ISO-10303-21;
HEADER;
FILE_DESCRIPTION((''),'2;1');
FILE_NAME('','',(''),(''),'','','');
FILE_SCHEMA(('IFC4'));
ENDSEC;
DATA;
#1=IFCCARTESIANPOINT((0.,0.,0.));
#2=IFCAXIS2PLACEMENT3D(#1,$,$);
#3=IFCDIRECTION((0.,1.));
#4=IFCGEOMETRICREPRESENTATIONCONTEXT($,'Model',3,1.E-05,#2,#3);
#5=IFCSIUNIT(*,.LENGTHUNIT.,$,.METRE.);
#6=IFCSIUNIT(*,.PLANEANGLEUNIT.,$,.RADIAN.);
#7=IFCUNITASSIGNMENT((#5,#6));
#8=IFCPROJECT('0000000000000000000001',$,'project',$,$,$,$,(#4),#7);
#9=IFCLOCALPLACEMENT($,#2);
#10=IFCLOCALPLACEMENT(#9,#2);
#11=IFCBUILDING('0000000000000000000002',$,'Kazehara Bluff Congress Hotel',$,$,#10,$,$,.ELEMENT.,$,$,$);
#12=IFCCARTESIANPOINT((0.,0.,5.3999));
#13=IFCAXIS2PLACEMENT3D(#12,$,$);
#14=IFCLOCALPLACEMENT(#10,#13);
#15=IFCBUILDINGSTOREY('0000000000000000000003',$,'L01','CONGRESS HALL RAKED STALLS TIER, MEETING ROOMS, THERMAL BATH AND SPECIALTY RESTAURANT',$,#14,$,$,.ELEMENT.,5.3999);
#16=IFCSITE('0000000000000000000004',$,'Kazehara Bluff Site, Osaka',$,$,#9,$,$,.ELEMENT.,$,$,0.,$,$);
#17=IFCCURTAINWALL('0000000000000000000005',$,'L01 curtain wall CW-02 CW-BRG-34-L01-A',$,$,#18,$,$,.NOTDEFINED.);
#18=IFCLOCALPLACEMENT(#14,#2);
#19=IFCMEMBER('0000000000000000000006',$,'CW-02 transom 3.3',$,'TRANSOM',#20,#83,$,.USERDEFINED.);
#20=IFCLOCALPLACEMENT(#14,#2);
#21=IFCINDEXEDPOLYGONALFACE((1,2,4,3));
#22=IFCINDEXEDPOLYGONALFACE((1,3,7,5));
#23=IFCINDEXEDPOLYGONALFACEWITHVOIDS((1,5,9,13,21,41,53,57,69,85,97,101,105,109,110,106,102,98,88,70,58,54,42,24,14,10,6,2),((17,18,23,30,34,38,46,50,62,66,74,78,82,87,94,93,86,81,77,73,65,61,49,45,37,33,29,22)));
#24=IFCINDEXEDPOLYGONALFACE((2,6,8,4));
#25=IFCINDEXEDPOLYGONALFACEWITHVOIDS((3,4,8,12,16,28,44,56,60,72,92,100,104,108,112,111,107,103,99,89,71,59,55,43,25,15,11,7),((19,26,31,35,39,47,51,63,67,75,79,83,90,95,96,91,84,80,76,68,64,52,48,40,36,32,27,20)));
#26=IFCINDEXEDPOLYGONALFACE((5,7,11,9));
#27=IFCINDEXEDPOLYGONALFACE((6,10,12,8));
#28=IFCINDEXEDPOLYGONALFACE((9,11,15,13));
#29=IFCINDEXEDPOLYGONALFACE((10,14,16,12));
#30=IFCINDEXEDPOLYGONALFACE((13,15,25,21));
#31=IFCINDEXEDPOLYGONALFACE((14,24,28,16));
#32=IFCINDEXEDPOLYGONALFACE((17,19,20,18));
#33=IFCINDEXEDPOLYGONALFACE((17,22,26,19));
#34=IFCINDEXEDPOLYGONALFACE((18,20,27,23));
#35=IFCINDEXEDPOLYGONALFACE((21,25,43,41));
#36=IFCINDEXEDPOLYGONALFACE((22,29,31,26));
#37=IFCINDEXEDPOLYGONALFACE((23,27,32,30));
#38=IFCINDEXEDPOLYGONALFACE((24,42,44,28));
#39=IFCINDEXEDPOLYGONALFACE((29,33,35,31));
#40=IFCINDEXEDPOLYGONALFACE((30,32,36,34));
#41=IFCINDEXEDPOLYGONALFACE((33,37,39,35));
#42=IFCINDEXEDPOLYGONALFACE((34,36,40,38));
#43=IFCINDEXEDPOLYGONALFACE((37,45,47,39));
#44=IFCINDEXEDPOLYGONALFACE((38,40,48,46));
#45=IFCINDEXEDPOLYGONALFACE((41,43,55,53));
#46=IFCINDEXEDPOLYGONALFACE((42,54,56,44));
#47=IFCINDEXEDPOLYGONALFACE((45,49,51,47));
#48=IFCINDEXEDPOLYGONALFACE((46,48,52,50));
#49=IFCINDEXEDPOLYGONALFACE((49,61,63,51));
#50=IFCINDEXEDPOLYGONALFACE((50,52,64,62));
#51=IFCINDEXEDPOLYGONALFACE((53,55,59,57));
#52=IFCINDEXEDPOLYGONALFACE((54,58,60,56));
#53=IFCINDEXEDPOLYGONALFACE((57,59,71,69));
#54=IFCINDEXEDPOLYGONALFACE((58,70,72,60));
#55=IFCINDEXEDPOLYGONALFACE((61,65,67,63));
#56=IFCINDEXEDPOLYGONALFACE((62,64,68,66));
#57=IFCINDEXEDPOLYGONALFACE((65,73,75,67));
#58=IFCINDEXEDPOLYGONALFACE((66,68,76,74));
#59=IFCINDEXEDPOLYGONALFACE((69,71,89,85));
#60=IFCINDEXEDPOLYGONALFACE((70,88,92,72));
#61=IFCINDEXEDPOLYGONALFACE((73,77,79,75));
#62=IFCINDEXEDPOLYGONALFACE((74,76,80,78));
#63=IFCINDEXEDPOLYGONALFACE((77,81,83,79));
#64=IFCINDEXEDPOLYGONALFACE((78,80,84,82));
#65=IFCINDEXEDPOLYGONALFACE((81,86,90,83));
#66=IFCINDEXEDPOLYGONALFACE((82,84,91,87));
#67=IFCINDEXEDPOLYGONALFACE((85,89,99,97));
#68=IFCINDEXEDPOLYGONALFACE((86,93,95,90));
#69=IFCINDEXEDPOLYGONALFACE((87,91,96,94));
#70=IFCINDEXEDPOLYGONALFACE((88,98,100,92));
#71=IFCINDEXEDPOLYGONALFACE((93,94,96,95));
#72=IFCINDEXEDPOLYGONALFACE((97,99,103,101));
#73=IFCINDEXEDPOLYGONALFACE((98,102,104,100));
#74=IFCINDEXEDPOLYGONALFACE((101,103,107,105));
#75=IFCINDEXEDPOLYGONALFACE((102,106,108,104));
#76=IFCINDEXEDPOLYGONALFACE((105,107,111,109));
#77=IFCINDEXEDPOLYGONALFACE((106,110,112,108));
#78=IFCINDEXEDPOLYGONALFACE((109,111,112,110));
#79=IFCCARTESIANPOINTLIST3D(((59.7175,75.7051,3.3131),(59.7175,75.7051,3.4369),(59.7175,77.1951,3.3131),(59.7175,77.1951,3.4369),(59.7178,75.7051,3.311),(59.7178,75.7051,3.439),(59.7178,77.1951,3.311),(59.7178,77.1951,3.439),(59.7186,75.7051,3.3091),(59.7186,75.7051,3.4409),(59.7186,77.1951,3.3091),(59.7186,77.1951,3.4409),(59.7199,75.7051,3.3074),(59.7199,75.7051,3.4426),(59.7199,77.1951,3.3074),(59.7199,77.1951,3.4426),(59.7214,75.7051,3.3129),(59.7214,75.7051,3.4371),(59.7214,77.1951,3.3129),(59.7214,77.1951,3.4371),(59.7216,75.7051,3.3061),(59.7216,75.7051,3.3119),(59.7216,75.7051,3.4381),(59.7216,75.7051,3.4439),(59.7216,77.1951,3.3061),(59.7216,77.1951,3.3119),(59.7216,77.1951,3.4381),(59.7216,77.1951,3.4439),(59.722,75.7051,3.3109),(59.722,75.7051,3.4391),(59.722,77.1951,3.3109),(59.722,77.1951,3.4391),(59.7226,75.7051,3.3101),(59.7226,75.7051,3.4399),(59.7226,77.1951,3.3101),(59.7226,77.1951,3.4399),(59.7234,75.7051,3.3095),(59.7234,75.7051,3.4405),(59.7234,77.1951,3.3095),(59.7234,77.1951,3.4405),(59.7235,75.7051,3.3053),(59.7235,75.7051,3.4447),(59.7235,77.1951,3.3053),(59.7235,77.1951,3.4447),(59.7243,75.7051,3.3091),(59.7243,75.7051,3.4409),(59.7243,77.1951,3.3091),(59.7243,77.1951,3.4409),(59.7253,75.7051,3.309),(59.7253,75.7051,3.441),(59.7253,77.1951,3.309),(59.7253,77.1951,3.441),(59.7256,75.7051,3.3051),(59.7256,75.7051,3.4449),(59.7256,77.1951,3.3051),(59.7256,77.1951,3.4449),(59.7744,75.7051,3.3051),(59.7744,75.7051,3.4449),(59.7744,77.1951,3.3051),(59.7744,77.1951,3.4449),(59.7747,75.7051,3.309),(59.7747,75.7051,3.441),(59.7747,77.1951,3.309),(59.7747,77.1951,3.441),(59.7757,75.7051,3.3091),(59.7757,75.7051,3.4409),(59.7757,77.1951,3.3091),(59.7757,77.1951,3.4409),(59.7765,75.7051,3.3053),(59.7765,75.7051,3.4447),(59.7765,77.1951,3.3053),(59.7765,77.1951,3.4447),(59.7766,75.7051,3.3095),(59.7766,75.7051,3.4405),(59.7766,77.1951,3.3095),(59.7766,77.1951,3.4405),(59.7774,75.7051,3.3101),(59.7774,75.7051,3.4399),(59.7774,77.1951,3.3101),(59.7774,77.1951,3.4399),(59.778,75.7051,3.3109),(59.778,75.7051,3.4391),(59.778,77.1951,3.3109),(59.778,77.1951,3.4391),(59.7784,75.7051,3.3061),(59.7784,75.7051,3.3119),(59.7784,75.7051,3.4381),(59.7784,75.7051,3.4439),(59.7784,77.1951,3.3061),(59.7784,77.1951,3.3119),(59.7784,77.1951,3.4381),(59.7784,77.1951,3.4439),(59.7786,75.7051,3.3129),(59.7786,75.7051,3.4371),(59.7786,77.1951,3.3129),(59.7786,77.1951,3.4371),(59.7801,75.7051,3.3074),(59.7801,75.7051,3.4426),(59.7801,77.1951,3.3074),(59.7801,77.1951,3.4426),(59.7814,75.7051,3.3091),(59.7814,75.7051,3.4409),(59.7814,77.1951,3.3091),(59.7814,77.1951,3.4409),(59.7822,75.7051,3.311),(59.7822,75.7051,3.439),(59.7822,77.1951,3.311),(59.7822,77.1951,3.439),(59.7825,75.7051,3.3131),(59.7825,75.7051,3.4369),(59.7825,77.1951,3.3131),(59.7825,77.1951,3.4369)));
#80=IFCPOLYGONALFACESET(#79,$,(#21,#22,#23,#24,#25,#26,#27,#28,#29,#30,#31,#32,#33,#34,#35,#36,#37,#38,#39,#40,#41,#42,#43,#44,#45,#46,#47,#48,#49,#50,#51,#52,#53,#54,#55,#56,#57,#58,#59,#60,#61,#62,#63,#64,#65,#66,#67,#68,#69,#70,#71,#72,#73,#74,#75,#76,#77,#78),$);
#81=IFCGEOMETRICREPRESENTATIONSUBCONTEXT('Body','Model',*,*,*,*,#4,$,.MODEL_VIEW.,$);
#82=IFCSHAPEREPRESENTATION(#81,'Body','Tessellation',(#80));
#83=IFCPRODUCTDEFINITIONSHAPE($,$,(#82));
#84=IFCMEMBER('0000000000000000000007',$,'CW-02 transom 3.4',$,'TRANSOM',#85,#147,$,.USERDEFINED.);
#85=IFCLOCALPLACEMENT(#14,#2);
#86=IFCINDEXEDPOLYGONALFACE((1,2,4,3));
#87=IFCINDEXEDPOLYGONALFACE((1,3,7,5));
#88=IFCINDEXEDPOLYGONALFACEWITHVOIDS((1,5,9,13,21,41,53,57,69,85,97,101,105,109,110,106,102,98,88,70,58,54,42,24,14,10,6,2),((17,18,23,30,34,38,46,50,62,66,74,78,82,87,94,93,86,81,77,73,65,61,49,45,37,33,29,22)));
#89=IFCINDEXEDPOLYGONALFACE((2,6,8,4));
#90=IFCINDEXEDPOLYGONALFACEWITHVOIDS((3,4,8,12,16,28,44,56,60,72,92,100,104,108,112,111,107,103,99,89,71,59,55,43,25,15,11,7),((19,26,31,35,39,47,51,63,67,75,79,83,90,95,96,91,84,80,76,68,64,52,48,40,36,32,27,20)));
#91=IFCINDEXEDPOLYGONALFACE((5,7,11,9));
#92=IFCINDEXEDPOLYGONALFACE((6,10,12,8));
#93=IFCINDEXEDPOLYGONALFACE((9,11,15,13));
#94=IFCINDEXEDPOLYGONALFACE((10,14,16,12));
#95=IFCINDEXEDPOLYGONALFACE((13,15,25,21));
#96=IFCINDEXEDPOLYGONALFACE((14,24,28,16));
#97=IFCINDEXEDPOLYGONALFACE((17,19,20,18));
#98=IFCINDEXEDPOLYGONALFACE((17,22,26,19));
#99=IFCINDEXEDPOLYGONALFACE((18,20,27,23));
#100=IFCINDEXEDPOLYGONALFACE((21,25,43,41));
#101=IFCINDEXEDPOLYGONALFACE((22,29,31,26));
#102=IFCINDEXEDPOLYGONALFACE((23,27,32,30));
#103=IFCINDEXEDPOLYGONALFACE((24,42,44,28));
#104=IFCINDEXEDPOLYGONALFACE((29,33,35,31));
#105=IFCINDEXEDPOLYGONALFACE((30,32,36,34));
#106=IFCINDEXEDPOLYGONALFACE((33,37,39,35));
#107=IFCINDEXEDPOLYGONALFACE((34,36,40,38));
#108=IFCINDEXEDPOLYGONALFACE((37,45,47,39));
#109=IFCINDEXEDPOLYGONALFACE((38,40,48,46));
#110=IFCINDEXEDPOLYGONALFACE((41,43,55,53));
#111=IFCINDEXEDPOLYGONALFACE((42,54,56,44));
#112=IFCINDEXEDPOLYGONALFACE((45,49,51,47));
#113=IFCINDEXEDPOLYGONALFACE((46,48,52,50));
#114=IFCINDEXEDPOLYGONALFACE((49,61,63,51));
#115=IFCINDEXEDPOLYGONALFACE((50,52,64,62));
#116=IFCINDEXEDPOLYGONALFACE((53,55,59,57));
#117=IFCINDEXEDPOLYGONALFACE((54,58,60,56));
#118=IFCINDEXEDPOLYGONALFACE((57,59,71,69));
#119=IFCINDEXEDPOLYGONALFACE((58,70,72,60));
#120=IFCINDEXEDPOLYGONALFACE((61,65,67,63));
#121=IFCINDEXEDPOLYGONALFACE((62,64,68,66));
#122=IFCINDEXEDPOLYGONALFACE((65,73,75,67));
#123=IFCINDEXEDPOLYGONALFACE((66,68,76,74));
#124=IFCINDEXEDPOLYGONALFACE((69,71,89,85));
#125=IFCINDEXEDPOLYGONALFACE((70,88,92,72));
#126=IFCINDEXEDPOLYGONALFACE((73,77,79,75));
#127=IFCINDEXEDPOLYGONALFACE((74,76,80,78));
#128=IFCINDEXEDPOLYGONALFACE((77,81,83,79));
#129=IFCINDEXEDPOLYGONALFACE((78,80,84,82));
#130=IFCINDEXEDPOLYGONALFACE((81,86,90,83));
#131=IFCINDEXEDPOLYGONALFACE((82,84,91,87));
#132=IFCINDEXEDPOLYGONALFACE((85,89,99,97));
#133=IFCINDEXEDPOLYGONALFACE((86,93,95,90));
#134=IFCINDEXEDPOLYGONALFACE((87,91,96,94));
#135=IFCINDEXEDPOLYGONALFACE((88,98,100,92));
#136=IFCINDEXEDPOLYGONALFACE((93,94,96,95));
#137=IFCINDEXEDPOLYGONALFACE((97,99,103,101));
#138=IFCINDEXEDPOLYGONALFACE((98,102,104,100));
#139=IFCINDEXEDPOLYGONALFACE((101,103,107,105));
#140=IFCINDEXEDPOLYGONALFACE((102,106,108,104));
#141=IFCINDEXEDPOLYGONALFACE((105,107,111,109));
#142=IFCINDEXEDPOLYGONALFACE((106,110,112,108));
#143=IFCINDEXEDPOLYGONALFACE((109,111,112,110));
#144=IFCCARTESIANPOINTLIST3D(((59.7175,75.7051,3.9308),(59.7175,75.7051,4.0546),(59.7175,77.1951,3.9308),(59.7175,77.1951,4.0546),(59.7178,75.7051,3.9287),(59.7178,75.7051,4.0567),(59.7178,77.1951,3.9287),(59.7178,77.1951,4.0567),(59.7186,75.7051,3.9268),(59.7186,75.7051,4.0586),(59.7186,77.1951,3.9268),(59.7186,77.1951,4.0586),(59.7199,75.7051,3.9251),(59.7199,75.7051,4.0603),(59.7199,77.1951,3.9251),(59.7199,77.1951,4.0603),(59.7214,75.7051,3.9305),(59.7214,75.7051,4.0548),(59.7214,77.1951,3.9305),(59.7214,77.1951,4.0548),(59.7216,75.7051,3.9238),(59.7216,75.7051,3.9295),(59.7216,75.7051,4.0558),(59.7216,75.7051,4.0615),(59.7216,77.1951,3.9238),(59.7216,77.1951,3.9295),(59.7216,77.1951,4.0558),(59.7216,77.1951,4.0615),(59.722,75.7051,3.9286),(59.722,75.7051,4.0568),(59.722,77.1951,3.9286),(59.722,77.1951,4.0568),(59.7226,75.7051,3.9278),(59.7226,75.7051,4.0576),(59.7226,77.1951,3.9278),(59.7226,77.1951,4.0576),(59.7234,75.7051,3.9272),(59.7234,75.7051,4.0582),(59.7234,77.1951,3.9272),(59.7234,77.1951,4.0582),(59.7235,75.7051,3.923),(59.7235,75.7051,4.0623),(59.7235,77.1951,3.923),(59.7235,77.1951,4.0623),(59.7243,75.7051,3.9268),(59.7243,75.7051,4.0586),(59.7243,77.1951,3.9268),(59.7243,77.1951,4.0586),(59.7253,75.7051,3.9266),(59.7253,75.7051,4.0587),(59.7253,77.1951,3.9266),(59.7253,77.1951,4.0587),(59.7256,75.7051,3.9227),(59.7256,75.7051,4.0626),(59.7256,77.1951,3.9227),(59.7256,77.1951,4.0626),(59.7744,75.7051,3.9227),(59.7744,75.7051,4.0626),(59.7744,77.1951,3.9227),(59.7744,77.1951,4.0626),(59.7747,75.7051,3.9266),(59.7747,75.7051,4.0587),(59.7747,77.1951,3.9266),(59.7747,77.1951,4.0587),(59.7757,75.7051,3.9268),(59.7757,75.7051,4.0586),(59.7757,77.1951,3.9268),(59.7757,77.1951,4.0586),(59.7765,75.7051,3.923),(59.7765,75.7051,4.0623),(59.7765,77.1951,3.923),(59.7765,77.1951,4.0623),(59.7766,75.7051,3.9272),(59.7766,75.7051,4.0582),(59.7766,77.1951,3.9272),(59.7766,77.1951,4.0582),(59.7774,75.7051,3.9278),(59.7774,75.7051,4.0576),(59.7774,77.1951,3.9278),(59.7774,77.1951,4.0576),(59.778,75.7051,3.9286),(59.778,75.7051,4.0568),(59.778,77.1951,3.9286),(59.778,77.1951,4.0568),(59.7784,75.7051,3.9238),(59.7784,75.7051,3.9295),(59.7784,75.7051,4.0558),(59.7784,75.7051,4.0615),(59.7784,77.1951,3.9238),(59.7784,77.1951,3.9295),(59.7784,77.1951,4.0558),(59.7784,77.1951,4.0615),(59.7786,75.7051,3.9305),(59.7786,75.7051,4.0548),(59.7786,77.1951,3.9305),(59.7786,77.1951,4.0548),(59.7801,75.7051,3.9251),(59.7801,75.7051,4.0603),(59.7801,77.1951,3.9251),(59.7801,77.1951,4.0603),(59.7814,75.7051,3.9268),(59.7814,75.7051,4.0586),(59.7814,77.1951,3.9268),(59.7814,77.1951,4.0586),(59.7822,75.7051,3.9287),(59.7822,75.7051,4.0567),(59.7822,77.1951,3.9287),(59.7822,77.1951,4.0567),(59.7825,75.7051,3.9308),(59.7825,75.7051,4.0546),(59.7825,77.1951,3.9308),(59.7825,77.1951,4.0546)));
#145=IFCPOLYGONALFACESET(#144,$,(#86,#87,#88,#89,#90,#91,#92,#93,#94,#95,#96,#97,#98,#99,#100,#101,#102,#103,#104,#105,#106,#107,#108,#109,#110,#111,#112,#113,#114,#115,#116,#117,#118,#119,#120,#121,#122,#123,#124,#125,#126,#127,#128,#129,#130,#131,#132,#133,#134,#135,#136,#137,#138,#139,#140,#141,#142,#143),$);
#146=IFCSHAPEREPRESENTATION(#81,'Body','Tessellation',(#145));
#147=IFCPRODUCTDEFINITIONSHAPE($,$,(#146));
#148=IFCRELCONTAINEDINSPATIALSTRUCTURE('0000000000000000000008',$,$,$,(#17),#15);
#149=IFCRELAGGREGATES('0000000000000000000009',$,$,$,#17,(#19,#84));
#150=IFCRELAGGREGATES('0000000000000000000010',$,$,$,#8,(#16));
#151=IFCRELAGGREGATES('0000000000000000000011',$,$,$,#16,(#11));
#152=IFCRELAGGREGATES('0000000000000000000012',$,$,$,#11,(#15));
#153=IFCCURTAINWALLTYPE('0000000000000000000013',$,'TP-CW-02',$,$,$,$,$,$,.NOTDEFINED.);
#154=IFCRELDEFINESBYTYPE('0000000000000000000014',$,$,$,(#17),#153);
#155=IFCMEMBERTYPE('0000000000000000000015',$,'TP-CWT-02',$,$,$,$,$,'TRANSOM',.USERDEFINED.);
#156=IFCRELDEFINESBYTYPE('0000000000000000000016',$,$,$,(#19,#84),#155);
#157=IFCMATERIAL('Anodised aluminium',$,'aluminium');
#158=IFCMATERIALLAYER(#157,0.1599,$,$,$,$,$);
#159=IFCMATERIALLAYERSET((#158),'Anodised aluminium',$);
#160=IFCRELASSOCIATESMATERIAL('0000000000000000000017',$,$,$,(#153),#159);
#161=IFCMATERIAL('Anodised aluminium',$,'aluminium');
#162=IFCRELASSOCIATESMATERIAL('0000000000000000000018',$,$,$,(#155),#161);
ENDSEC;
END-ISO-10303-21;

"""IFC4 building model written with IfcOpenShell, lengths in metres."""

from ifc_helpers import new_model, si_unit, direction, frame, origin, origin_2d, place, context, subcontext, project, spatial, hollow_rectangle, extrude, material, layer, layer_set, material_profile, profile_set, type_object, element, aggregate, save


model = new_model("IFC4")

# Units and contexts
model_context = context("Model", 3, precision=1e-05, world=origin(), true_north=direction((0.0, 1.0)))
body_context = subcontext(model_context, "Body", "Model", "MODEL_VIEW")
ifc_project = project(units=[si_unit("LENGTHUNIT", "METRE"), si_unit("PLANEANGLEUNIT", "RADIAN")], contexts=[model_context])

# Site, building, storey
site_placement = place(None, origin())
site = spatial("IfcSite", under=ifc_project, at=site_placement, Name="Kazehara Bluff Site, Osaka", CompositionType="ELEMENT", RefElevation=0.0)
building_placement = place(site_placement, origin())
building = spatial("IfcBuilding", under=site, at=building_placement, Name="Kazehara Bluff Congress Hotel", CompositionType="ELEMENT")
storey_placement = place(building_placement, frame((0.0, 0.0, 5.3999)))
storey = spatial("IfcBuildingStorey", under=building, at=storey_placement, Name="L01", Description="CONGRESS HALL RAKED STALLS TIER, MEETING ROOMS, THERMAL BATH AND SPECIALTY RESTAURANT", CompositionType="ELEMENT", Elevation=5.3999)

# Curtain wall, members
ifc_material_1 = material(Name="Anodised aluminium", Category="aluminium")
ifc_layer_1 = layer(ifc_material_1, 0.1599)
ifc_layer_set_1 = layer_set([ifc_layer_1], Name="Anodised aluminium")
curtain_wall_type = type_object("IfcCurtainWallType", Name="TP-CW-02", PredefinedType="NOTDEFINED", material=ifc_layer_set_1)
curtain_wall_placement = place(storey_placement, origin())
curtain_wall = element("IfcCurtainWall", 1, at=curtain_wall_placement, inside=storey, type_object=curtain_wall_type, Name="L01 curtain wall CW-02 CW-BRG-34-L01-A", PredefinedType="NOTDEFINED")
ifc_material_2 = material(Name="Anodised aluminium", Category="aluminium")
ifc_material_profile_1 = material_profile(ifc_material_2, hollow_rectangle(XDim=0.0649, YDim=0.1399, WallThickness=0.0039, InnerFilletRadius=0.0039, OuterFilletRadius=0.0081, at=origin_2d()))
ifc_profile_set_1 = profile_set([ifc_material_profile_1], Name="Anodised aluminium")
member_type_1 = type_object("IfcMemberType", Name="TP-CWT-02", ElementType="TRANSOM", PredefinedType="USERDEFINED", material=ifc_profile_set_1)
member_1_placement = place(storey_placement, frame((59.75, 75.7051, 3.375), z_axis=(0.0, 1.0, 0.0), x_axis=(-1.0, 0.0, 0.0)))
member_1 = element("IfcMember", 2, at=member_1_placement, type_object=member_type_1, Name="CW-02 transom 3.3", ObjectType="TRANSOM", PredefinedType="USERDEFINED", context=body_context, shape_type="SweptSolid", body=[
    extrude(hollow_rectangle(XDim=0.0649, YDim=0.1399, WallThickness=0.0039, InnerFilletRadius=0.0039, OuterFilletRadius=0.0081, at=origin_2d()), origin(), (0.0, 0.0, 1.0), 1.49),
])
member_2_placement = place(storey_placement, frame((59.75, 75.7051, 3.9927), z_axis=(0.0, 1.0, 0.0), x_axis=(-1.0, 0.0, 0.0)))
member_2 = element("IfcMember", 3, at=member_2_placement, type_object=member_type_1, Name="CW-02 transom 3.4", ObjectType="TRANSOM", PredefinedType="USERDEFINED", context=body_context, shape_type="SweptSolid", body=[
    extrude(hollow_rectangle(XDim=0.0649, YDim=0.1399, WallThickness=0.0039, InnerFilletRadius=0.0039, OuterFilletRadius=0.0081, at=origin_2d()), origin(), (0.0, 0.0, 1.0), 1.49),
])

aggregate(curtain_wall, [member_1, member_2])

save(model, "model.ifc")
